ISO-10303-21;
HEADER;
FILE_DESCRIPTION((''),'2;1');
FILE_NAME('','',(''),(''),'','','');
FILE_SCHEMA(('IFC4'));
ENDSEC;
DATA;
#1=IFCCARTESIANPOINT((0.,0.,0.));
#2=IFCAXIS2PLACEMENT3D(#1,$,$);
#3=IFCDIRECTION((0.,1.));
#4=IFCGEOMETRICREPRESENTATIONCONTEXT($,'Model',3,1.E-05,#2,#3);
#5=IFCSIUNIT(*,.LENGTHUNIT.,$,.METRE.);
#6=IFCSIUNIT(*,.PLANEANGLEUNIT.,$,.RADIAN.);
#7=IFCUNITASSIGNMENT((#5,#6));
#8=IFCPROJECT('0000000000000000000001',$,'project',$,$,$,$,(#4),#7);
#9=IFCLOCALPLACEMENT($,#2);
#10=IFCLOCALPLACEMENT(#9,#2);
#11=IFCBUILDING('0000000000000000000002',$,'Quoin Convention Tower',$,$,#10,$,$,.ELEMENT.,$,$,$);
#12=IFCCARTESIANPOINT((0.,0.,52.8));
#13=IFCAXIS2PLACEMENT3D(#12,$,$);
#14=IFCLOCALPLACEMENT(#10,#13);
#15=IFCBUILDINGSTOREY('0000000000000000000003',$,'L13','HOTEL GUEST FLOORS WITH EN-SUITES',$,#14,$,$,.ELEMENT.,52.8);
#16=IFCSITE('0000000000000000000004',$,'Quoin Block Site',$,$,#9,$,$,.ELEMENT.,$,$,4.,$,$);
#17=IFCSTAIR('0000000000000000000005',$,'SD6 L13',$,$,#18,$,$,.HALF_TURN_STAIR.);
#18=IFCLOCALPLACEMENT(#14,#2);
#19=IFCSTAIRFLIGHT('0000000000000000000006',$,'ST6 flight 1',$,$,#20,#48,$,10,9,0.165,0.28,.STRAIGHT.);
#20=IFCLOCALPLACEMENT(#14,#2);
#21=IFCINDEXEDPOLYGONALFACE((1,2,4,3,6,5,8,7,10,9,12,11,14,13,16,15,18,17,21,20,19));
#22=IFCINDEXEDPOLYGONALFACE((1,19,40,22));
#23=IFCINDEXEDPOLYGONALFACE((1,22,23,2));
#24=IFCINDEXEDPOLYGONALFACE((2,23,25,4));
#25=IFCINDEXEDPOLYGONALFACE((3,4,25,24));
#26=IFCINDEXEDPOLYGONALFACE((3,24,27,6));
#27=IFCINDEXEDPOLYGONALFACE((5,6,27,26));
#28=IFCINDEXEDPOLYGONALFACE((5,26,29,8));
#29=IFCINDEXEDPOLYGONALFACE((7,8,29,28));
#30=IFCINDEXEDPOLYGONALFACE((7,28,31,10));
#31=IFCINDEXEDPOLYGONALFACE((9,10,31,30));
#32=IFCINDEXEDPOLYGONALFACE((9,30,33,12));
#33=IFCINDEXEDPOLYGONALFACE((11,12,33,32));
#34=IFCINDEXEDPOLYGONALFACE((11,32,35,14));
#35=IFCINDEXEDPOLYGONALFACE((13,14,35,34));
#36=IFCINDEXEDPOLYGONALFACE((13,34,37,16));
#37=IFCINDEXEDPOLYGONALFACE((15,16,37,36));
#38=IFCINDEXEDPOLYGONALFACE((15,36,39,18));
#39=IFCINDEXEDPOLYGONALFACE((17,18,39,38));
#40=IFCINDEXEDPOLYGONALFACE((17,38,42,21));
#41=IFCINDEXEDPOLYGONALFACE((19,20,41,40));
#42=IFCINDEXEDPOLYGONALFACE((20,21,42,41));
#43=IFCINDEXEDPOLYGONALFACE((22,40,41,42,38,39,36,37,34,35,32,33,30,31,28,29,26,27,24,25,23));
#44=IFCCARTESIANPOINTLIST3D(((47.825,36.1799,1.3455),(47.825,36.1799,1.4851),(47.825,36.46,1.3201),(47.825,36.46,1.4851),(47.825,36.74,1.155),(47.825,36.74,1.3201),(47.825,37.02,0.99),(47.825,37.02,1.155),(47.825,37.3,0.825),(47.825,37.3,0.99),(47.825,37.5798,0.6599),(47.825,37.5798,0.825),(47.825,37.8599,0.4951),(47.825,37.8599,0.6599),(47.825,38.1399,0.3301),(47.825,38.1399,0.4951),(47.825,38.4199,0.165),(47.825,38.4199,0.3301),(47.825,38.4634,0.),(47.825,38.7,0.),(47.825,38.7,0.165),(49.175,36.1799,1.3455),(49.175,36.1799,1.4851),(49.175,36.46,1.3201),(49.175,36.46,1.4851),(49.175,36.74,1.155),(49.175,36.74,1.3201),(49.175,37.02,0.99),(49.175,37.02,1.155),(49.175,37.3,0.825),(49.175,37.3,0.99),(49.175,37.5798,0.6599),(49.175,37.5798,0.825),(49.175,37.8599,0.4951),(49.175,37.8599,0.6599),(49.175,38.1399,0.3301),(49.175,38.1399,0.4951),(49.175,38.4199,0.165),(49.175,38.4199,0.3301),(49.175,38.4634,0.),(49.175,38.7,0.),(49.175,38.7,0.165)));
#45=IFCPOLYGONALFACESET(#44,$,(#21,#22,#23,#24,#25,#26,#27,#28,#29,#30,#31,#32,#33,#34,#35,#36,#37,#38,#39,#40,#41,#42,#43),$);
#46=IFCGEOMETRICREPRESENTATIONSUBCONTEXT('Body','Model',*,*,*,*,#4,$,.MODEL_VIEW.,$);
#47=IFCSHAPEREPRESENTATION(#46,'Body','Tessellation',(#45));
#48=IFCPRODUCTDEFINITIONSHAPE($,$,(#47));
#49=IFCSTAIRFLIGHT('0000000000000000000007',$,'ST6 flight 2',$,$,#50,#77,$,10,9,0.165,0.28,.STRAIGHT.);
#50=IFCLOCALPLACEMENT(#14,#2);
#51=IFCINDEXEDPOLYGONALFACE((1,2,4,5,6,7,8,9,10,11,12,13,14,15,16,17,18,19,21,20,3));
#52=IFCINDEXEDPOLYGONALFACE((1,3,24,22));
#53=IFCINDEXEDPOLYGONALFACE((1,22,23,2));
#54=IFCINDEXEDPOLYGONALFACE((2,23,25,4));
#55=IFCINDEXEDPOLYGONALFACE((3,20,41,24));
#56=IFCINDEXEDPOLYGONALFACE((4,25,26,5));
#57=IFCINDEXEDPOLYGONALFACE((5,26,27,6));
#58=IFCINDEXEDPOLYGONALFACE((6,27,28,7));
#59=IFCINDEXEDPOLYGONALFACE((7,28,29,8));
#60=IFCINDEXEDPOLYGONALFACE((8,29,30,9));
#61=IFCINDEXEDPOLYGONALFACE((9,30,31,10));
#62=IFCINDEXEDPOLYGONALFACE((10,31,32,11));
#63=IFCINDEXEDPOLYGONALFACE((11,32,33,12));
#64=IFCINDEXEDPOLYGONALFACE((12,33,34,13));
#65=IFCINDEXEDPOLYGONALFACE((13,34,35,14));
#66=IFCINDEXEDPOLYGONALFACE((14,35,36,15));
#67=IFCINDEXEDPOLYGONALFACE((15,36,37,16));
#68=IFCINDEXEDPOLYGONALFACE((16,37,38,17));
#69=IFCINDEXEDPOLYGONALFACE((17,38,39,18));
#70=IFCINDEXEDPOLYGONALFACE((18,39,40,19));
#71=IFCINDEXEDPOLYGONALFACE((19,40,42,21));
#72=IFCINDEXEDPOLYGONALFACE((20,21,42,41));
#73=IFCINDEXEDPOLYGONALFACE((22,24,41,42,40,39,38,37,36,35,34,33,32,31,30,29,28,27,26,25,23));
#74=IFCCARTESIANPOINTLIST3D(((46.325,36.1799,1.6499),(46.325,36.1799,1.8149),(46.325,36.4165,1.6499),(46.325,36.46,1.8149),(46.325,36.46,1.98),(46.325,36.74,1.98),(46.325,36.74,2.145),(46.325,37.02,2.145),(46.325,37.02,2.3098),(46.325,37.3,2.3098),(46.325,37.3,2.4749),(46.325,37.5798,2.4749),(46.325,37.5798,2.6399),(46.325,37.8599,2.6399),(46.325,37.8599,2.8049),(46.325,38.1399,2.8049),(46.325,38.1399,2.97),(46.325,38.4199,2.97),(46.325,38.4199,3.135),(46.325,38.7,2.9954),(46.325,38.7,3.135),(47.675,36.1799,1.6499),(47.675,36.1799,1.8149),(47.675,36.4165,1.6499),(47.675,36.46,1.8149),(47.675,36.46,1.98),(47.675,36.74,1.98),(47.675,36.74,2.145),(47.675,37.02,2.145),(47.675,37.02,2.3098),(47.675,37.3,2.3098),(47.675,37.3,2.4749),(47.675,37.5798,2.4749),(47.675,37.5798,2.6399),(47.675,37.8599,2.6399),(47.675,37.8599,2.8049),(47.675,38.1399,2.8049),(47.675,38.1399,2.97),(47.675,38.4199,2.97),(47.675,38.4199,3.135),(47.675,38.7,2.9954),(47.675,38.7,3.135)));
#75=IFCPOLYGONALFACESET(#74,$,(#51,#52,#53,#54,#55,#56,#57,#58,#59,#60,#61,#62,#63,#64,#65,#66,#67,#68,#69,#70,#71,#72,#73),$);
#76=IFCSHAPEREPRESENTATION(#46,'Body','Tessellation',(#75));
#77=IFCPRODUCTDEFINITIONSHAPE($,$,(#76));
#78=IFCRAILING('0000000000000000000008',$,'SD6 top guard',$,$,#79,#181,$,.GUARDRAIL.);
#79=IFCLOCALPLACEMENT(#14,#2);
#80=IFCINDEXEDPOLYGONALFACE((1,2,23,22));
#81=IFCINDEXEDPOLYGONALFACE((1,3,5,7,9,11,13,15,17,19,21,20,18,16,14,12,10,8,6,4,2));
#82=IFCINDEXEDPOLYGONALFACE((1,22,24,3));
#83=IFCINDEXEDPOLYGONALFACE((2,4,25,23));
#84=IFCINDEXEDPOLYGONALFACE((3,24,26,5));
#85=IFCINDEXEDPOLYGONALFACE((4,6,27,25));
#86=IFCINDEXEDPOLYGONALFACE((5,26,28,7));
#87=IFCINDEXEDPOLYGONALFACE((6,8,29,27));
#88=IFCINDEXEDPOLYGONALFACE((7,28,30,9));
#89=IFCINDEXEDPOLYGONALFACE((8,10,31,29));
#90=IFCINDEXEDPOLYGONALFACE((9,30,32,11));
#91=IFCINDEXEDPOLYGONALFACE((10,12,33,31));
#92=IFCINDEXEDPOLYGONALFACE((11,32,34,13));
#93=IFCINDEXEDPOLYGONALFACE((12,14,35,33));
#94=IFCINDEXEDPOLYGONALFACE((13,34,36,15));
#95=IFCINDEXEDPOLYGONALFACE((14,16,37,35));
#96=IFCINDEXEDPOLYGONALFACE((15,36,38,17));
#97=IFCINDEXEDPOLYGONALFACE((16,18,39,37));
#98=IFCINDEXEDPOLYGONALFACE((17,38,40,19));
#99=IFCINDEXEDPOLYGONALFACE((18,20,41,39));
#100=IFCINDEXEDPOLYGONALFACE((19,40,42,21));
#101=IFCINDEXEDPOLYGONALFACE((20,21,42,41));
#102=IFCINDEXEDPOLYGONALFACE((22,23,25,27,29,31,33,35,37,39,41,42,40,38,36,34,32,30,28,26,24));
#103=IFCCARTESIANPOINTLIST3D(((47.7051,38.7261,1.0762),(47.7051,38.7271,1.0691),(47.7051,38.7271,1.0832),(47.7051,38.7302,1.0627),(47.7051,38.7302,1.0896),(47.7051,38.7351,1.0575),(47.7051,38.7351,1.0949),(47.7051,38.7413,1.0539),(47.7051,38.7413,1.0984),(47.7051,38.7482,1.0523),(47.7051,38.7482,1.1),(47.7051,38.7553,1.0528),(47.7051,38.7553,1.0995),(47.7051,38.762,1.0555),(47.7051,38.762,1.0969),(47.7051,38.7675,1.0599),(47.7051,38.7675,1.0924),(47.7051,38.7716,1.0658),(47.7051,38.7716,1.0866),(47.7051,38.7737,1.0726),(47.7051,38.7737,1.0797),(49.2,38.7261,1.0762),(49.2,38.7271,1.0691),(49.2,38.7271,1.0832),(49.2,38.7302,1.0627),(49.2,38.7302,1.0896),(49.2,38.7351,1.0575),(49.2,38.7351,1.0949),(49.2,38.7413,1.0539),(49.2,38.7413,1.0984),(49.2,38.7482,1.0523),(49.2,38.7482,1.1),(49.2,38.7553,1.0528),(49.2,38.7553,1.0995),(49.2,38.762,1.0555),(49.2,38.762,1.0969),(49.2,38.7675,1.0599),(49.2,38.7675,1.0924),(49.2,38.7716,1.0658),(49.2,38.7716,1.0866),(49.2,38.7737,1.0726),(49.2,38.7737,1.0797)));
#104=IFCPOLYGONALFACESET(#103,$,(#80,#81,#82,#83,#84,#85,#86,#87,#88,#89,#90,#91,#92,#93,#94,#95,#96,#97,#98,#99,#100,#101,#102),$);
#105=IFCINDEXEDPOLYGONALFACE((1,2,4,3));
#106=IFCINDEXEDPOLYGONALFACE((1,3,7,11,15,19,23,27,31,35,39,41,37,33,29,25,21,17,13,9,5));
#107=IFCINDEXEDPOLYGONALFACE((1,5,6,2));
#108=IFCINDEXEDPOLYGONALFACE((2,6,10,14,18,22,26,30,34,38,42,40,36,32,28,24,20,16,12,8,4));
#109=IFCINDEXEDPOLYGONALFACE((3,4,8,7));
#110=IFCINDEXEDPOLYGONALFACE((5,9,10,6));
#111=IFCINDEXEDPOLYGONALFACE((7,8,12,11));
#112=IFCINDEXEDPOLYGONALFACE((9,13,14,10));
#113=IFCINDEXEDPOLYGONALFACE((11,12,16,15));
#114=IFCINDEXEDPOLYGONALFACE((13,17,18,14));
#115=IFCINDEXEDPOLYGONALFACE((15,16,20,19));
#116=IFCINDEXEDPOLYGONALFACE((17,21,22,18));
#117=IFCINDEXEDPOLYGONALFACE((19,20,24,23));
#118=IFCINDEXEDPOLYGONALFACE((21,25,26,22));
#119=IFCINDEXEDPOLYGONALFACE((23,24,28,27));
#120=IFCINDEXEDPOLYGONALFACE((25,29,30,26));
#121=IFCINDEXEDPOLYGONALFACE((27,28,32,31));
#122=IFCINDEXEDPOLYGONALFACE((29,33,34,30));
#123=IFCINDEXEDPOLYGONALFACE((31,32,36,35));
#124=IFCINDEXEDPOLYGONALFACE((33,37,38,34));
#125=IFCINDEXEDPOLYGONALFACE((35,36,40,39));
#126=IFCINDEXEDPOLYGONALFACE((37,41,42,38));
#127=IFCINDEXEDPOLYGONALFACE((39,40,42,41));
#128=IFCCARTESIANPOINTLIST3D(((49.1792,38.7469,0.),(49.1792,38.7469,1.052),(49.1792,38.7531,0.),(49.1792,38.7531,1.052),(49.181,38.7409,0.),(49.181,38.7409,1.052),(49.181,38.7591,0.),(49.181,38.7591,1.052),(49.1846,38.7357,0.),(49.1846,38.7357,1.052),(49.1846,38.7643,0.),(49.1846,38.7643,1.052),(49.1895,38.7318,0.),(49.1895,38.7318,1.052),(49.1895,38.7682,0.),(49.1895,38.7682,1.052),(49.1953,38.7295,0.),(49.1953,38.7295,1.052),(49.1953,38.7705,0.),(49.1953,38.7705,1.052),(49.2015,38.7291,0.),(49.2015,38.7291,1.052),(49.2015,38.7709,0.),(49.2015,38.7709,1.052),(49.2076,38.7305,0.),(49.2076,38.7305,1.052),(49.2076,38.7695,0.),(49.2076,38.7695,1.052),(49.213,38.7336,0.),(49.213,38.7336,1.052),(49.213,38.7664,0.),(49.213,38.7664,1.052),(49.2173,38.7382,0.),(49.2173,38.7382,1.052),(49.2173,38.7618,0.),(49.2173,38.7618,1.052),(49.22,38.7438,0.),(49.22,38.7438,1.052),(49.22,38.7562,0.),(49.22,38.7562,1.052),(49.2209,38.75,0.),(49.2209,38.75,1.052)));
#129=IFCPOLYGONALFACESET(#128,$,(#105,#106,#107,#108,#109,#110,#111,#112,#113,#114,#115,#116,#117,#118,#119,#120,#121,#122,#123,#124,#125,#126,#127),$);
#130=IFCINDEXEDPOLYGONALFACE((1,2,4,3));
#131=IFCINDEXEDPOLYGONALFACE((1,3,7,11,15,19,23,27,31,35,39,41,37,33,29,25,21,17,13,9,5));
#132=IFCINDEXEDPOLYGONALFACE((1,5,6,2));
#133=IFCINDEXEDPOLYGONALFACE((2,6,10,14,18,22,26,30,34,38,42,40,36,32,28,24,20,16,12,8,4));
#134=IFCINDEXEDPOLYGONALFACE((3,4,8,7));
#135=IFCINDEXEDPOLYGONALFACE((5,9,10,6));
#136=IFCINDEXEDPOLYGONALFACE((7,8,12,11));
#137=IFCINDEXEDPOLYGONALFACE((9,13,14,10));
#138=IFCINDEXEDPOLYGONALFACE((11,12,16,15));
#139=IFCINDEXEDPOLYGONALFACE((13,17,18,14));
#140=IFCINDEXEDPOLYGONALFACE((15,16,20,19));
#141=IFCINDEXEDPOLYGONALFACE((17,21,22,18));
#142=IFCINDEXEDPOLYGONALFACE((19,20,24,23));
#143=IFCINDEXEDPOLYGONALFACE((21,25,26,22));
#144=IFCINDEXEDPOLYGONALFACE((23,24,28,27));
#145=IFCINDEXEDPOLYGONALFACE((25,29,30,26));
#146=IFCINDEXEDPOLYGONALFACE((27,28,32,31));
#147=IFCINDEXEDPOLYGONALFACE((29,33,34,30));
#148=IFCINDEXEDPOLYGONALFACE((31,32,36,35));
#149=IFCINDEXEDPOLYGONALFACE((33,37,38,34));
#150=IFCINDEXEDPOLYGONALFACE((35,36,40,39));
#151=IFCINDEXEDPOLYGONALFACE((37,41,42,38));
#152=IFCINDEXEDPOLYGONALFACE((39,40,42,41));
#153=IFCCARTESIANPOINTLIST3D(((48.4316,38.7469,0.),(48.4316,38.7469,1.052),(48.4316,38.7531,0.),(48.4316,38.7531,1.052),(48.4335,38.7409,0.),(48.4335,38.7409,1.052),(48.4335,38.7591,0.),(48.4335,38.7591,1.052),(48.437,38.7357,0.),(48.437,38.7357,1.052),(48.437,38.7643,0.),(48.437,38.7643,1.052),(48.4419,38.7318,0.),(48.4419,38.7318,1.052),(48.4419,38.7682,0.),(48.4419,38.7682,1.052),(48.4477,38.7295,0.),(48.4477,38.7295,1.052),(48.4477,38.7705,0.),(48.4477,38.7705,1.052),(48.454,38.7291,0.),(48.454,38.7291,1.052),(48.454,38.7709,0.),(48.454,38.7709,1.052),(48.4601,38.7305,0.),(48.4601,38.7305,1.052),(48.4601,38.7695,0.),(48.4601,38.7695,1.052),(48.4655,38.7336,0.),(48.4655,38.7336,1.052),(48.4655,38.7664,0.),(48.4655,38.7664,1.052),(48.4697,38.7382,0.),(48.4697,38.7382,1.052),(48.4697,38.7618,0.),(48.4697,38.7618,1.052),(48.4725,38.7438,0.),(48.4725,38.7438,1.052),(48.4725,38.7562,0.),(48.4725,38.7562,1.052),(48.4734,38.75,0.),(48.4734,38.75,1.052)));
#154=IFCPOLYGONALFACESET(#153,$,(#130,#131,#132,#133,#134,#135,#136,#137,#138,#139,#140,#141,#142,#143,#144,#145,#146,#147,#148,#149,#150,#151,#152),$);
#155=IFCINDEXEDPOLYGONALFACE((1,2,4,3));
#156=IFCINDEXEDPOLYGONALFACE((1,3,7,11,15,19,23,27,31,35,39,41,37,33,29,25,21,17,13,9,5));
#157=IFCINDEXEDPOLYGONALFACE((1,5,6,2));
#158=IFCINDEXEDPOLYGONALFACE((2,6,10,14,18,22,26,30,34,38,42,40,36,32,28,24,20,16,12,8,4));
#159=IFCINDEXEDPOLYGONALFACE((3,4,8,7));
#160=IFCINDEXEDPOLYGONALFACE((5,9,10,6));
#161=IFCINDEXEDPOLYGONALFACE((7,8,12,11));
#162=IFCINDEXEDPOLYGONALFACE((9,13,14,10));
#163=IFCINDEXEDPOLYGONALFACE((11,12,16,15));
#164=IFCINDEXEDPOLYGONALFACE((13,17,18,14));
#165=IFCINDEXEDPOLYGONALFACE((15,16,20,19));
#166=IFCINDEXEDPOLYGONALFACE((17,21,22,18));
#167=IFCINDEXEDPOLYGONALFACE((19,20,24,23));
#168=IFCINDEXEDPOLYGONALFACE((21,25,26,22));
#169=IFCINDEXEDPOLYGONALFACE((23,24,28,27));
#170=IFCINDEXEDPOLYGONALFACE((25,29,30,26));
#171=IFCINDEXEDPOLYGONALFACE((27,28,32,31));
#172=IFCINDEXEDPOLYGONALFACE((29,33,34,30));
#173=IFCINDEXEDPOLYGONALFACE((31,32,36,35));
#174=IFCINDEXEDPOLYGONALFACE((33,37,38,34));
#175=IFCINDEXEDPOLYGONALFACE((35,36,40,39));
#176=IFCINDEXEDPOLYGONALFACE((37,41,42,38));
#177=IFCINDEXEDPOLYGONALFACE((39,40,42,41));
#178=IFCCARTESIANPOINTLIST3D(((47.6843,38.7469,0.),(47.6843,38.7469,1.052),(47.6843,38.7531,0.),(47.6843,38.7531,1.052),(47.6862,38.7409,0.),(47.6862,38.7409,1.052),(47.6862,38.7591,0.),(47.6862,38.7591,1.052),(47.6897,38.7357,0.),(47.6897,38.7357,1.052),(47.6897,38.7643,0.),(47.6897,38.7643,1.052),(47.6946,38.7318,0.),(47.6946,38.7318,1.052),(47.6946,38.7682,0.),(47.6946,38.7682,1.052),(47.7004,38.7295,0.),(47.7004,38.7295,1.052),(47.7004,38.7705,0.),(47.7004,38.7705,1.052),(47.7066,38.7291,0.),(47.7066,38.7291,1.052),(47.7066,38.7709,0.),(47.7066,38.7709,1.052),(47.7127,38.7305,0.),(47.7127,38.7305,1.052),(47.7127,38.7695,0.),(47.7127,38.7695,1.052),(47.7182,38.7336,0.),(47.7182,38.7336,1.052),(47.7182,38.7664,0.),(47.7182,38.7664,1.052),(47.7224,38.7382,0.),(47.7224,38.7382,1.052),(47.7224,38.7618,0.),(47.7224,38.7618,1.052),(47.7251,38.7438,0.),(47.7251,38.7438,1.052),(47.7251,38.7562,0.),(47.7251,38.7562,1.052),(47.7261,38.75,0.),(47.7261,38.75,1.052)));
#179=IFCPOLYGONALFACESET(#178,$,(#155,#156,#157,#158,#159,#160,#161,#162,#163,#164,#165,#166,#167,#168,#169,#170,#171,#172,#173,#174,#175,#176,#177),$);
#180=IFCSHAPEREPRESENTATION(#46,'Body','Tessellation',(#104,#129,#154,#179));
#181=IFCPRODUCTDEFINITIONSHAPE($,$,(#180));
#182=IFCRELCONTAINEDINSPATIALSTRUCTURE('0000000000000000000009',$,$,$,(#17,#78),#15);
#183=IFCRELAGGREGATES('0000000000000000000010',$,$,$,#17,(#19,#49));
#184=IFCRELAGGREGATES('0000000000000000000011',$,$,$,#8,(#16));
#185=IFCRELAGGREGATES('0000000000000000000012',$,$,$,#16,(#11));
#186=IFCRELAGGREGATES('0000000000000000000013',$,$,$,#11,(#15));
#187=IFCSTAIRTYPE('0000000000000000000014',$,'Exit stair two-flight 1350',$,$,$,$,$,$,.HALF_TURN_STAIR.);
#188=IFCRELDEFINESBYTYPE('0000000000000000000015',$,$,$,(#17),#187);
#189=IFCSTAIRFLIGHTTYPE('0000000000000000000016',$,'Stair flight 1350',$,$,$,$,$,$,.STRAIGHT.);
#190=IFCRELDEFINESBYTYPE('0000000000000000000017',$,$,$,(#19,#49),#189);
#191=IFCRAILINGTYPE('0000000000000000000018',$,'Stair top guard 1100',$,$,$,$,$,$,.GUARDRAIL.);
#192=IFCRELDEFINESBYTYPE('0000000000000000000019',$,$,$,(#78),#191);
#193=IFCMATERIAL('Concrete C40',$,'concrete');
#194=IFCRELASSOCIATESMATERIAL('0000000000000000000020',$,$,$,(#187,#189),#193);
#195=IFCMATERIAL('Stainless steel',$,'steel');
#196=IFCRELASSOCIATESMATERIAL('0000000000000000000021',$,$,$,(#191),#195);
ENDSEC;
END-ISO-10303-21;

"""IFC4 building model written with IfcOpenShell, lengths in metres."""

from ifc_helpers import new_model, si_unit, direction, frame, origin, origin_2d, place, context, subcontext, project, spatial, polyline, circle, outline, extrude, material, type_object, element, aggregate, save


model = new_model("IFC4")

# Units and contexts
model_context = context("Model", 3, precision=1e-05, world=origin(), true_north=direction((0.0, 1.0)))
body_context = subcontext(model_context, "Body", "Model", "MODEL_VIEW")
ifc_project = project(units=[si_unit("LENGTHUNIT", "METRE"), si_unit("PLANEANGLEUNIT", "RADIAN")], contexts=[model_context])

# Site, building, storey
site_placement = place(None, origin())
site = spatial("IfcSite", under=ifc_project, at=site_placement, Name="Quoin Block Site", CompositionType="ELEMENT", RefElevation=4.0)
building_placement = place(site_placement, origin())
building = spatial("IfcBuilding", under=site, at=building_placement, Name="Quoin Convention Tower", CompositionType="ELEMENT")
storey_placement = place(building_placement, frame((0.0, 0.0, 52.8)))
storey = spatial("IfcBuildingStorey", under=building, at=storey_placement, Name="L13", Description="HOTEL GUEST FLOORS WITH EN-SUITES", CompositionType="ELEMENT", Elevation=52.8)

# Shared definitions
ifc_material_1 = material(Name="Concrete C40", Category="concrete")
stair_type = type_object("IfcStairType", Name="Exit stair two-flight 1350", PredefinedType="HALF_TURN_STAIR", material=ifc_material_1)
stair_flight_type = type_object("IfcStairFlightType", Name="Stair flight 1350", PredefinedType="STRAIGHT", material=ifc_material_1)

# Stair, stair flights
stair_1_placement = place(storey_placement, origin())
stair_1 = element("IfcStair", 1, at=stair_1_placement, inside=storey, type_object=stair_type, Name="SD6 L13", PredefinedType="HALF_TURN_STAIR")
stair_flight_1_placement = place(storey_placement, frame((48.5, 38.7, 0.0), z_axis=(0.0, 0.0, 1.0), x_axis=(0.0, -1.0, 0.0)))
stair_flight_1 = element("IfcStairFlight", 2, at=stair_flight_1_placement, type_object=stair_flight_type, Name="ST6 flight 1", NumberOfRisers=10, NumberOfTreads=9, PredefinedType="STRAIGHT", RiserHeight=0.165, TreadLength=0.28, context=body_context, shape_type="SweptSolid", body=[
    extrude(outline(polyline([(0.0, 0.0), (0.0, 0.165), (0.28, 0.165), (0.28, 0.3301), (0.5601, 0.3301), (0.5601, 0.4951), (0.8401, 0.4951), (0.8401, 0.6599), (1.1201, 0.6599), (1.1201, 0.825), (1.3999, 0.825), (1.3999, 0.99), (1.6799, 0.99), (1.6799, 1.155), (1.96, 1.155), (1.96, 1.3201), (2.24, 1.3201), (2.24, 1.4851), (2.52, 1.4851), (2.52, 1.6499), (2.52, 1.3455), (0.2366, 0.0), (0.0, 0.0)])), frame((0.0, 0.675, 0.0), z_axis=(0.0, -1.0, 0.0), x_axis=(1.0, 0.0, 0.0)), (0.0, 0.0, 1.0), 1.3501),
])
stair_flight_2_placement = place(storey_placement, frame((47.0, 36.1799, 1.6499), z_axis=(0.0, 0.0, 1.0), x_axis=(0.0, 1.0, 0.0)))
stair_flight_2 = element("IfcStairFlight", 3, at=stair_flight_2_placement, type_object=stair_flight_type, Name="ST6 flight 2", NumberOfRisers=10, NumberOfTreads=9, PredefinedType="STRAIGHT", RiserHeight=0.165, TreadLength=0.28, context=body_context, shape_type="SweptSolid", body=[
    extrude(outline(polyline([(0.0, 0.0), (0.0, 0.165), (0.28, 0.165), (0.28, 0.3301), (0.5601, 0.3301), (0.5601, 0.4951), (0.8401, 0.4951), (0.8401, 0.6599), (1.1201, 0.6599), (1.1201, 0.825), (1.3999, 0.825), (1.3999, 0.99), (1.6799, 0.99), (1.6799, 1.155), (1.96, 1.155), (1.96, 1.3201), (2.24, 1.3201), (2.24, 1.4851), (2.52, 1.4851), (2.52, 1.6499), (2.52, 1.3455), (0.2366, 0.0), (0.0, 0.0)])), frame((0.0, 0.675, 0.0), z_axis=(0.0, -1.0, 0.0), x_axis=(1.0, 0.0, 0.0)), (0.0, 0.0, 1.0), 1.3501),
])
aggregate(stair_1, [stair_flight_1, stair_flight_2])

# Railing
ifc_material_2 = material(Name="Stainless steel", Category="steel")
railing_type_1 = type_object("IfcRailingType", Name="Stair top guard 1100", PredefinedType="GUARDRAIL", material=ifc_material_2)
railing_1_placement = place(storey_placement, frame((49.2, 38.75, 0.0)))
element("IfcRailing", 4, at=railing_1_placement, inside=storey, type_object=railing_type_1, Name="SD6 top guard", PredefinedType="GUARDRAIL", context=body_context, shape_type="SweptSolid", body=[
    extrude(circle(Radius=0.0239, at=origin_2d()), frame((0.0, 0.0, 1.0762), z_axis=(-1.0, 0.0, 0.0), x_axis=(0.0, -1.0, 0.0)), (0.0, 0.0, 1.0), 1.4949),
    extrude(circle(Radius=0.021, at=origin_2d()), origin(), (0.0, 0.0, 1.0), 1.052),
    extrude(circle(Radius=0.021, at=origin_2d()), frame((-0.7476, 0.0, 0.0)), (0.0, 0.0, 1.0), 1.052),
    extrude(circle(Radius=0.021, at=origin_2d()), frame((-1.4949, 0.0, 0.0)), (0.0, 0.0, 1.0), 1.052),
])

save(model, "model.ifc")
